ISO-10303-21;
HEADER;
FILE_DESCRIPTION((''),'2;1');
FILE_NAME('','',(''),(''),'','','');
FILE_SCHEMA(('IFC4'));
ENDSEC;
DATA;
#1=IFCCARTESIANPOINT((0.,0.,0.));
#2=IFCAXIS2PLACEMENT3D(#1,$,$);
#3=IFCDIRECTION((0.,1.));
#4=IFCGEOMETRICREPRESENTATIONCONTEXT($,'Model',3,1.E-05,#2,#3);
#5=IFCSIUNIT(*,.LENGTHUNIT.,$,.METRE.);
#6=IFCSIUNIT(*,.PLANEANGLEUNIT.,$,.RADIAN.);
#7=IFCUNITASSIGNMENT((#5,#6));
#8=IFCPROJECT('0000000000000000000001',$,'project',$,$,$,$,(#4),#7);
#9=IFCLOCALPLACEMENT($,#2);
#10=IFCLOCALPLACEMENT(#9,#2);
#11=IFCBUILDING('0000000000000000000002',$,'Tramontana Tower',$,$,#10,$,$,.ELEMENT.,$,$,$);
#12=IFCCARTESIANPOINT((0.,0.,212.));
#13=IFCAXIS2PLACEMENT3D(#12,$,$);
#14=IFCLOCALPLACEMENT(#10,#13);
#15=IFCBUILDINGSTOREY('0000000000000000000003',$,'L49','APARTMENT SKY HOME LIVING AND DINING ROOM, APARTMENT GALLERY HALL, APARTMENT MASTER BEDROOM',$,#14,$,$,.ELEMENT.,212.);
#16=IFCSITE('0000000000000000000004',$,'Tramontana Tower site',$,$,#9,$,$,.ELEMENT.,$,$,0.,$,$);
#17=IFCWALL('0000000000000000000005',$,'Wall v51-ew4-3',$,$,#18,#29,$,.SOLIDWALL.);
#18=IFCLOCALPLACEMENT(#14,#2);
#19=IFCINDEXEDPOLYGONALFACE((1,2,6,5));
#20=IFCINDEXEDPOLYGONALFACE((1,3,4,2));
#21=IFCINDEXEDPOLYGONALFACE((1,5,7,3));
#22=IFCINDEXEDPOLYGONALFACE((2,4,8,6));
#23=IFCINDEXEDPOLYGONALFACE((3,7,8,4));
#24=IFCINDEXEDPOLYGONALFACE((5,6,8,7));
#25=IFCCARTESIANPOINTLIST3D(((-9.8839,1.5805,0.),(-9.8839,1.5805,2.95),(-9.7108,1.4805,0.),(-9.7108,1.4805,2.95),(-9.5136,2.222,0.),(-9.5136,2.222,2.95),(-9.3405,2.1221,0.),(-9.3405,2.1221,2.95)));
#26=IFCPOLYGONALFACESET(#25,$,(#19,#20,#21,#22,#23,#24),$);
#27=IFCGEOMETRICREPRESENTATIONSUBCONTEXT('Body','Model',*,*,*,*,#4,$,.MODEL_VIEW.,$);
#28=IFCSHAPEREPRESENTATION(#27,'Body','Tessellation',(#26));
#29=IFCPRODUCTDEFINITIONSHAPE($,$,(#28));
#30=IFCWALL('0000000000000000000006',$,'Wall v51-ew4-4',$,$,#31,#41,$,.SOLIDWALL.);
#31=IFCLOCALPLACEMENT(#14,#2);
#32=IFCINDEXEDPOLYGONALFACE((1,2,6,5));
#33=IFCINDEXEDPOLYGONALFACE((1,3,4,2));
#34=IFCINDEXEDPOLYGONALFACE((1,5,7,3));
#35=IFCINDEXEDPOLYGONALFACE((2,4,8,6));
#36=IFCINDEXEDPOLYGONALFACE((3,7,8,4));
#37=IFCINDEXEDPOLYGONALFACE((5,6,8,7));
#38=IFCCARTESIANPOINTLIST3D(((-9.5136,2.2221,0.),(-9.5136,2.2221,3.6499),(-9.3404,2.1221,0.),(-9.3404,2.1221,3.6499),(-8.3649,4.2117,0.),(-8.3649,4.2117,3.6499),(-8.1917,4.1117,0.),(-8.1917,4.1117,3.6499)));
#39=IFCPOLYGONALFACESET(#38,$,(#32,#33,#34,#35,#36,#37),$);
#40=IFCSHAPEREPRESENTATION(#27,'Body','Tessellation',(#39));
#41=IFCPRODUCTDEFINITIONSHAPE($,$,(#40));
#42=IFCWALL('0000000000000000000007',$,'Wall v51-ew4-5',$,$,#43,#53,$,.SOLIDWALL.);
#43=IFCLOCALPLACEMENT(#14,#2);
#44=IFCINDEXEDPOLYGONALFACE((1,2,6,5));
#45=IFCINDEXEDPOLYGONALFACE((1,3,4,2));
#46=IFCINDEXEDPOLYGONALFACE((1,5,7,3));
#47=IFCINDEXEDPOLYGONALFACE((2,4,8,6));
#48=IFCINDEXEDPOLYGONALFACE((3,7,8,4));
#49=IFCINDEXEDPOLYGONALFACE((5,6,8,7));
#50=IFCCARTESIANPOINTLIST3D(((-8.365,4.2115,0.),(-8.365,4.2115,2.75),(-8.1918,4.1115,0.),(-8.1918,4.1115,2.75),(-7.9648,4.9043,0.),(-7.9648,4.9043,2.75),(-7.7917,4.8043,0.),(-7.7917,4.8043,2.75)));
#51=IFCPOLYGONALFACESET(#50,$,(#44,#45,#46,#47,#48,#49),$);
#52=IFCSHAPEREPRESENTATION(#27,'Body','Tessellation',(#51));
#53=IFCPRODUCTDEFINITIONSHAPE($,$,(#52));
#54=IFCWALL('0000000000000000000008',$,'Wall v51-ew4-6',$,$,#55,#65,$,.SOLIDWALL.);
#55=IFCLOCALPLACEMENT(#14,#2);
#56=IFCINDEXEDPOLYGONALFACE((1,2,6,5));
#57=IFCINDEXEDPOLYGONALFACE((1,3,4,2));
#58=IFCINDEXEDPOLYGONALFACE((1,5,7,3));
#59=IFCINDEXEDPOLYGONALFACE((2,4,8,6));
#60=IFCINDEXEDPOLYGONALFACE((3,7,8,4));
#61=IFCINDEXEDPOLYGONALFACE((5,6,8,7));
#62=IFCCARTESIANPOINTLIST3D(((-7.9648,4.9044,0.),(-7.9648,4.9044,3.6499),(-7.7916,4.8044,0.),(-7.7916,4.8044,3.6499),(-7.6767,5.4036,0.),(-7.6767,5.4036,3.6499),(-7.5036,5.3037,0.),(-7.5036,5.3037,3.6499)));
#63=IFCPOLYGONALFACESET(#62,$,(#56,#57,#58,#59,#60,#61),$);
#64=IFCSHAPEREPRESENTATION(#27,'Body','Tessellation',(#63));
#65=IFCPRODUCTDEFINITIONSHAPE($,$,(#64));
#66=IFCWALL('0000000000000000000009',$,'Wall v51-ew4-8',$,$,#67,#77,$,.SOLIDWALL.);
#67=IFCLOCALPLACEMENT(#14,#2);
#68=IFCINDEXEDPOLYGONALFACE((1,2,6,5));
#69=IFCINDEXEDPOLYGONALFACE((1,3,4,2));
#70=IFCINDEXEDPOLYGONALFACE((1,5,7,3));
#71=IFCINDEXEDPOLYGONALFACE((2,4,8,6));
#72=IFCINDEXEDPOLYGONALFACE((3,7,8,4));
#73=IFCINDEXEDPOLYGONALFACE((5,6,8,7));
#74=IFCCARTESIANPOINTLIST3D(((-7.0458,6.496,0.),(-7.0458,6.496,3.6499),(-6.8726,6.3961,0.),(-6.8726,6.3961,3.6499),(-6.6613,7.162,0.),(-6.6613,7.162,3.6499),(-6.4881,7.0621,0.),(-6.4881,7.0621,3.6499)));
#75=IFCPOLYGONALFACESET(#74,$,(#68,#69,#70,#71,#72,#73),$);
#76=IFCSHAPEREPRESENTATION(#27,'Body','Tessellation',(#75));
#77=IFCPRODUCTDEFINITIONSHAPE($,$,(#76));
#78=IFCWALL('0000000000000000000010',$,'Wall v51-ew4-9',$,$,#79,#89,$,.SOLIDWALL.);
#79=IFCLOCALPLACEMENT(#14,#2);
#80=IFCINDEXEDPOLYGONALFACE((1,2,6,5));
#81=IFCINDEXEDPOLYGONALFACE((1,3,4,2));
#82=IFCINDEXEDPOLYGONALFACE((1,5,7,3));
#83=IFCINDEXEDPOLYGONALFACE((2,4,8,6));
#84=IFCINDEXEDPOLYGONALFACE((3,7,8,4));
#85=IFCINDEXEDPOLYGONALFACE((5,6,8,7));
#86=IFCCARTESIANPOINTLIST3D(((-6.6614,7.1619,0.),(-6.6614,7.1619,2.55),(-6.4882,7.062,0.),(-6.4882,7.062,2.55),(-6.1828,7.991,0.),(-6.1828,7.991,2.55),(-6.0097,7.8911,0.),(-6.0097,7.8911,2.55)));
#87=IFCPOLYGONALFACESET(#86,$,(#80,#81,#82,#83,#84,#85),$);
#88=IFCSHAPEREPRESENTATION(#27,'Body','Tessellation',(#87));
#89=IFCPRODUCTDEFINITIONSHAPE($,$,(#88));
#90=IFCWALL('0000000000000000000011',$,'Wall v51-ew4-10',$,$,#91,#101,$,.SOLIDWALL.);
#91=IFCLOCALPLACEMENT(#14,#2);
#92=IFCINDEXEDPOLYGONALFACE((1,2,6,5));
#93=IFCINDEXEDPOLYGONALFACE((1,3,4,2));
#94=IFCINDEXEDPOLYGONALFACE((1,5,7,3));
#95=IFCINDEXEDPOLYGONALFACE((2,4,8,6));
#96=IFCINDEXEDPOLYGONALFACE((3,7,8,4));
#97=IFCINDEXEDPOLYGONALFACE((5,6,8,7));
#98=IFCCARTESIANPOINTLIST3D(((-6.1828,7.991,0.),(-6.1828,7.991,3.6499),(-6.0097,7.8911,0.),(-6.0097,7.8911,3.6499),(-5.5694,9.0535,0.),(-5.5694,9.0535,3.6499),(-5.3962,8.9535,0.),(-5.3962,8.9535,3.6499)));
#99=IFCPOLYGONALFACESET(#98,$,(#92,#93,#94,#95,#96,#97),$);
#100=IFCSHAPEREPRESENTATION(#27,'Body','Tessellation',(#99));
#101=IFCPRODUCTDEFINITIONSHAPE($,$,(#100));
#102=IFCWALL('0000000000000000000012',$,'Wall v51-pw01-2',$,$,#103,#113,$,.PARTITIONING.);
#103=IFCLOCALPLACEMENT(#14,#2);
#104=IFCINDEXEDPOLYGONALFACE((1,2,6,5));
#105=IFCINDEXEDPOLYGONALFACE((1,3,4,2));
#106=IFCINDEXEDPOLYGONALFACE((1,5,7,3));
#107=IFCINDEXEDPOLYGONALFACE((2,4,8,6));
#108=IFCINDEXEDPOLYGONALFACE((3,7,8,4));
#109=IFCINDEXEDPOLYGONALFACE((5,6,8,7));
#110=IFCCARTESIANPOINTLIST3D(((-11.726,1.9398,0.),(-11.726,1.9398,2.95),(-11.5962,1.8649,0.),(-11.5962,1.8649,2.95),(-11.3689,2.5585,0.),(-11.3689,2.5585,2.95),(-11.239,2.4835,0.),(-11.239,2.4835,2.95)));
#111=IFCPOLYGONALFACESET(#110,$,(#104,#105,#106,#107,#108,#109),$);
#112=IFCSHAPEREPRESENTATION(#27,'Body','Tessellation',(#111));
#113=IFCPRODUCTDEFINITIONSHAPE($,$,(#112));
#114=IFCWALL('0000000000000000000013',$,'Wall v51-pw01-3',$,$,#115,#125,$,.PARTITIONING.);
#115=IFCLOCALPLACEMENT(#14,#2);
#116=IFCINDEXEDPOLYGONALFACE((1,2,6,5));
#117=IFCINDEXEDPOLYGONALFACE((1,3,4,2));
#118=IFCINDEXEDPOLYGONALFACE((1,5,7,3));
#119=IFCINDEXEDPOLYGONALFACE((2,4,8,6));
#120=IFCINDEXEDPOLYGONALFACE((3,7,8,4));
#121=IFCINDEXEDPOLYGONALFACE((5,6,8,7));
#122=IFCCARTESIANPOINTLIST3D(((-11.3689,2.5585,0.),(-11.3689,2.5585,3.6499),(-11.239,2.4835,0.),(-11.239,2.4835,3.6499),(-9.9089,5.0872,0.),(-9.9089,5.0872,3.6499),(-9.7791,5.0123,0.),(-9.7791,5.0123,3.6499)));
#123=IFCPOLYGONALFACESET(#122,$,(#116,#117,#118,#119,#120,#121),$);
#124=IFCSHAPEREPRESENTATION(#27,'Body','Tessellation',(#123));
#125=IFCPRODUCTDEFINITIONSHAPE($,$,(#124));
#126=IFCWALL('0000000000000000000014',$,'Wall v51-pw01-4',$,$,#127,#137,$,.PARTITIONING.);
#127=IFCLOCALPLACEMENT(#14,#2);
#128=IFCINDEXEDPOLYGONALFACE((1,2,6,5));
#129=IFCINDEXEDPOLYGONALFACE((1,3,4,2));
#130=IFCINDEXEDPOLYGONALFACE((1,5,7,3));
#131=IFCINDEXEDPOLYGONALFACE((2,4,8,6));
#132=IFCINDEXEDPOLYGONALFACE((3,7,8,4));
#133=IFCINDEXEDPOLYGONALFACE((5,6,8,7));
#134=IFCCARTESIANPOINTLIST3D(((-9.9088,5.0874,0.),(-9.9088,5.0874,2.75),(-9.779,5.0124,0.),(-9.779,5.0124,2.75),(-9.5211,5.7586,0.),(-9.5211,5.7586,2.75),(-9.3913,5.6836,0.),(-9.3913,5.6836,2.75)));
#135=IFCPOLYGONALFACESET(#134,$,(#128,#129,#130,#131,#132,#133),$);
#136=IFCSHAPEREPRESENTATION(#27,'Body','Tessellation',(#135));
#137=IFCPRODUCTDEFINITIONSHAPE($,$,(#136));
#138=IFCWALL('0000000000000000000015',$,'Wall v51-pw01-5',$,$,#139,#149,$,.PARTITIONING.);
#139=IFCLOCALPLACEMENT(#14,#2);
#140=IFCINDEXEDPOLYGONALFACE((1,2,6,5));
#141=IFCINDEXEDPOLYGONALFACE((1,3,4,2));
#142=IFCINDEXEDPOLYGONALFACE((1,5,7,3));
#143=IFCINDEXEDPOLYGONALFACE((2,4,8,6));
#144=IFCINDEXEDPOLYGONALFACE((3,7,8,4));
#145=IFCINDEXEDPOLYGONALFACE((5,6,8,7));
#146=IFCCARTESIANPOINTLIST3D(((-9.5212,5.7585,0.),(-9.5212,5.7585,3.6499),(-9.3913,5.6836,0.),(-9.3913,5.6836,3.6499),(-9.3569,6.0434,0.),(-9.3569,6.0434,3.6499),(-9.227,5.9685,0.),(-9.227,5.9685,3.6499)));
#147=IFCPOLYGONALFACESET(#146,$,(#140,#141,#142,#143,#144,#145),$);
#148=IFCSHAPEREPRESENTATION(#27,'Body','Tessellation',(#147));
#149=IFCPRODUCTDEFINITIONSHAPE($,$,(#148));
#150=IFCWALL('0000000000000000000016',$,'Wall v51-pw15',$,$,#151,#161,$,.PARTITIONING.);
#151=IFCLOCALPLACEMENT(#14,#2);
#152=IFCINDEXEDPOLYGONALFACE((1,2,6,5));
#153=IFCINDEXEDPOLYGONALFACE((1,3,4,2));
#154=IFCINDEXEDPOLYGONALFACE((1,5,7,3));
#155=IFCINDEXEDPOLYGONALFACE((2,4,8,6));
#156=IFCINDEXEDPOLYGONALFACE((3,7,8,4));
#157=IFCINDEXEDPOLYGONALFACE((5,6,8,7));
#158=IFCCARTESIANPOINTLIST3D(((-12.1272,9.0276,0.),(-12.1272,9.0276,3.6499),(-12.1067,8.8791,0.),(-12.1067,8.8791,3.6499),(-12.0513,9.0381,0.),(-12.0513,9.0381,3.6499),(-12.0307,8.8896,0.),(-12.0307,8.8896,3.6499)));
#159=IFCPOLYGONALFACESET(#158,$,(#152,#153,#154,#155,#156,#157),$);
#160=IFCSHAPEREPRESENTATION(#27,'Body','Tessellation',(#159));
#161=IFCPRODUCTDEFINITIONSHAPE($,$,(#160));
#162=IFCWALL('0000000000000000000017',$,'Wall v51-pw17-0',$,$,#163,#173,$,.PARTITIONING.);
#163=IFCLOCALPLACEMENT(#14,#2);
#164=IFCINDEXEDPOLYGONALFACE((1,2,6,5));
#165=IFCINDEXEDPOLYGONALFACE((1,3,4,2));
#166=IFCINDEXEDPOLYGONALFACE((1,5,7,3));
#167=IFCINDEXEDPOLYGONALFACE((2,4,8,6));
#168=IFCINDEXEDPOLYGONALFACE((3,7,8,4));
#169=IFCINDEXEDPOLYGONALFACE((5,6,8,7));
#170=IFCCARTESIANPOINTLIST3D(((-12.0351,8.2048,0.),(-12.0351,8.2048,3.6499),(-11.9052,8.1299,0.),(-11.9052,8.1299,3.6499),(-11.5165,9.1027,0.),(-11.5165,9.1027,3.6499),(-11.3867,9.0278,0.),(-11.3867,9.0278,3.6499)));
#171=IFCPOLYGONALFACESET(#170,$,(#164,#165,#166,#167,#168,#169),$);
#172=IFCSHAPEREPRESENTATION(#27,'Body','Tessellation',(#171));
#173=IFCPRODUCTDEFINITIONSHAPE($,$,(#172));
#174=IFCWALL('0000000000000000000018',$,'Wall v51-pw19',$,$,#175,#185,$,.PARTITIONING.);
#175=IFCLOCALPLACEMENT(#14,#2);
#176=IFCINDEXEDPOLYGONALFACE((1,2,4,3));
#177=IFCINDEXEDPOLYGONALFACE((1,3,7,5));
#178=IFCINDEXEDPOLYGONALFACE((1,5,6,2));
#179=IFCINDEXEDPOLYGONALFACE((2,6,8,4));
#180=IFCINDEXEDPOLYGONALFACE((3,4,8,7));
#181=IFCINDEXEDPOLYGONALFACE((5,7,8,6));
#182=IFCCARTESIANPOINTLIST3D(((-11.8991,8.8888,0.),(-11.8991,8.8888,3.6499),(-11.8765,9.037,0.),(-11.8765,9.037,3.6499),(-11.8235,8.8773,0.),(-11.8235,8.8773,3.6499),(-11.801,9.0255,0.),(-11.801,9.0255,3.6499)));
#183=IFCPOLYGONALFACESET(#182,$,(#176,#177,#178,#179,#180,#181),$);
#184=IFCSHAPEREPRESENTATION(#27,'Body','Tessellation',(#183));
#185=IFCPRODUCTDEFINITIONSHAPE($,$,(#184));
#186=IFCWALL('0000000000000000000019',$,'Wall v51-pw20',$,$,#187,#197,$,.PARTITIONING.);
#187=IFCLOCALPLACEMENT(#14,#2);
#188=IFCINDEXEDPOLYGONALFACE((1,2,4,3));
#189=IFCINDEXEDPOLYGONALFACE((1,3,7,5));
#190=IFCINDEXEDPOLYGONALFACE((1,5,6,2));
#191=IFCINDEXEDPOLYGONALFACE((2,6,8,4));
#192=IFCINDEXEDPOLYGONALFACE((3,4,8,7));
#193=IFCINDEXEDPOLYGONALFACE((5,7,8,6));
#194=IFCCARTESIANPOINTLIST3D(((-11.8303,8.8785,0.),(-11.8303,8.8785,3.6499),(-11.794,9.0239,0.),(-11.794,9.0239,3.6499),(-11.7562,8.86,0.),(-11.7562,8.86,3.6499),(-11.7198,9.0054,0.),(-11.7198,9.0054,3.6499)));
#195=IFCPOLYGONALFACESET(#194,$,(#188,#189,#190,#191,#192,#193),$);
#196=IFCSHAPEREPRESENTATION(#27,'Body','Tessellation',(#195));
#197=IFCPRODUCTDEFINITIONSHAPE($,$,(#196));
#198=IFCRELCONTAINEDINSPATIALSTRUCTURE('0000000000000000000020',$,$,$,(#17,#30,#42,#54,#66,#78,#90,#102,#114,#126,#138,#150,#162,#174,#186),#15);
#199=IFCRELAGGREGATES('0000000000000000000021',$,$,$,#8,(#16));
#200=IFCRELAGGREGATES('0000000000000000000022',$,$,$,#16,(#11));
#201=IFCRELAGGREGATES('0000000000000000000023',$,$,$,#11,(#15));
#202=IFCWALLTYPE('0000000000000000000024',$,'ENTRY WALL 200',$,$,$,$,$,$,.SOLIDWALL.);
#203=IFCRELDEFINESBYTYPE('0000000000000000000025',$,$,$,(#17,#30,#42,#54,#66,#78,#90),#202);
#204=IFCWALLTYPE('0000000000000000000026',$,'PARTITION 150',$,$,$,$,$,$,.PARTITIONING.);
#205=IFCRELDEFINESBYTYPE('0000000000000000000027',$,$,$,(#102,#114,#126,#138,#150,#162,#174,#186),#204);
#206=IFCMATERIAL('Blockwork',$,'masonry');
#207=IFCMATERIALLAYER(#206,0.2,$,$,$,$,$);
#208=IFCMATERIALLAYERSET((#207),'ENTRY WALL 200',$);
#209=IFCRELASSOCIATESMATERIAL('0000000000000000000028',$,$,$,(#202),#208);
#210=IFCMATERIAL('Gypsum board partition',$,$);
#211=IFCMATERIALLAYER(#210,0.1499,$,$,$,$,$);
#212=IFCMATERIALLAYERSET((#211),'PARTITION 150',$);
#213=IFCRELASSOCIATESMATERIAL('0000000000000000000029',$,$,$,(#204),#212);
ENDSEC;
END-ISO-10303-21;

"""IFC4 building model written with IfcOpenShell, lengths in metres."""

from ifc_helpers import new_model, si_unit, direction, frame, frame_2d, origin, place, context, subcontext, project, spatial, rectangle, extrude, material, layer, layer_set, type_object, element, save


model = new_model("IFC4")

# Units and contexts
model_context = context("Model", 3, precision=1e-05, world=origin(), true_north=direction((0.0, 1.0)))
body_context = subcontext(model_context, "Body", "Model", "MODEL_VIEW")
ifc_project = project(units=[si_unit("LENGTHUNIT", "METRE"), si_unit("PLANEANGLEUNIT", "RADIAN")], contexts=[model_context])

# Site, building, storey
site_placement = place(None, origin())
site = spatial("IfcSite", under=ifc_project, at=site_placement, Name="Tramontana Tower site", CompositionType="ELEMENT", RefElevation=0.0)
building_placement = place(site_placement, origin())
building = spatial("IfcBuilding", under=site, at=building_placement, Name="Tramontana Tower", CompositionType="ELEMENT")
storey_placement = place(building_placement, frame((0.0, 0.0, 212.0)))
storey = spatial("IfcBuildingStorey", under=building, at=storey_placement, Name="L49", Description="APARTMENT SKY HOME LIVING AND DINING ROOM, APARTMENT GALLERY HALL, APARTMENT MASTER BEDROOM", CompositionType="ELEMENT", Elevation=212.0)

# Walls
ifc_material_1 = material(Name="Blockwork", Category="masonry")
ifc_layer_1 = layer(ifc_material_1, 0.2)
ifc_layer_set_1 = layer_set([ifc_layer_1], Name="ENTRY WALL 200")
wall_type_1 = type_object("IfcWallType", Name="ENTRY WALL 200", PredefinedType="SOLIDWALL", material=ifc_layer_set_1)
wall_1_placement = place(storey_placement, frame((-9.7974, 1.5305, 0.0), z_axis=(0.0, 0.0, 1.0), x_axis=(0.499932, 0.866065, 0.0)))
element("IfcWall", 1, at=wall_1_placement, inside=storey, type_object=wall_type_1, Name="Wall v51-ew4-3", PredefinedType="SOLIDWALL", context=body_context, shape_type="SweptSolid", body=[
    extrude(rectangle(XDim=0.7407, YDim=0.2, at=frame_2d((0.3704, 0.0))), origin(), (0.0, 0.0, 1.0), 2.95),
])
wall_2_placement = place(storey_placement, frame((-9.427, 2.1721, 0.0), z_axis=(0.0, 0.0, 1.0), x_axis=(0.500014, 0.866017, 0.0)))
element("IfcWall", 2, at=wall_2_placement, inside=storey, type_object=wall_type_1, Name="Wall v51-ew4-4", PredefinedType="SOLIDWALL", context=body_context, shape_type="SweptSolid", body=[
    extrude(rectangle(XDim=2.2974, YDim=0.2, at=frame_2d((1.1487, 0.0))), origin(), (0.0, 0.0, 1.0), 3.6499),
])
wall_3_placement = place(storey_placement, frame((-8.2783, 4.1616, 0.0), z_axis=(0.0, 0.0, 1.0), x_axis=(0.50011, 0.865962, 0.0)))
element("IfcWall", 3, at=wall_3_placement, inside=storey, type_object=wall_type_1, Name="Wall v51-ew4-5", PredefinedType="SOLIDWALL", context=body_context, shape_type="SweptSolid", body=[
    extrude(rectangle(XDim=0.8, YDim=0.2, at=frame_2d((0.3999, 0.0))), origin(), (0.0, 0.0, 1.0), 2.75),
])
wall_4_placement = place(storey_placement, frame((-7.8782, 4.8545, 0.0), z_axis=(0.0, 0.0, 1.0), x_axis=(0.499784, 0.86615, 0.0)))
element("IfcWall", 4, at=wall_4_placement, inside=storey, type_object=wall_type_1, Name="Wall v51-ew4-6", PredefinedType="SOLIDWALL", context=body_context, shape_type="SweptSolid", body=[
    extrude(rectangle(XDim=0.5764, YDim=0.2, at=frame_2d((0.2881, 0.0))), origin(), (0.0, 0.0, 1.0), 3.6499),
])

# Walls
wall_5_placement = place(storey_placement, frame((-6.9592, 6.446, 0.0), z_axis=(0.0, 0.0, 1.0), x_axis=(0.499997, 0.866027, 0.0)))
element("IfcWall", 5, at=wall_5_placement, inside=storey, type_object=wall_type_1, Name="Wall v51-ew4-8", PredefinedType="SOLIDWALL", context=body_context, shape_type="SweptSolid", body=[
    extrude(rectangle(XDim=0.769, YDim=0.2, at=frame_2d((0.3845, 0.0))), origin(), (0.0, 0.0, 1.0), 3.6499),
])
wall_6_placement = place(storey_placement, frame((-6.5747, 7.1121, 0.0), z_axis=(0.0, 0.0, 1.0), x_axis=(0.49987, 0.866101, 0.0)))
element("IfcWall", 6, at=wall_6_placement, inside=storey, type_object=wall_type_1, Name="Wall v51-ew4-9", PredefinedType="SOLIDWALL", context=body_context, shape_type="SweptSolid", body=[
    extrude(rectangle(XDim=0.9573, YDim=0.2, at=frame_2d((0.4785, 0.0))), origin(), (0.0, 0.0, 1.0), 2.55),
])
wall_7_placement = place(storey_placement, frame((-6.0962, 7.9412, 0.0), z_axis=(0.0, 0.0, 1.0), x_axis=(0.500055, 0.865993, 0.0)))
element("IfcWall", 7, at=wall_7_placement, inside=storey, type_object=wall_type_1, Name="Wall v51-ew4-10", PredefinedType="SOLIDWALL", context=body_context, shape_type="SweptSolid", body=[
    extrude(rectangle(XDim=1.2268, YDim=0.2, at=frame_2d((0.6133, 0.0))), origin(), (0.0, 0.0, 1.0), 3.6499),
])
ifc_material_2 = material(Name="Gypsum board partition")
ifc_layer_2 = layer(ifc_material_2, 0.1499)
ifc_layer_set_2 = layer_set([ifc_layer_2], Name="PARTITION 150")
wall_type_2 = type_object("IfcWallType", Name="PARTITION 150", PredefinedType="PARTITIONING", material=ifc_layer_set_2)
wall_8_placement = place(storey_placement, frame((-11.6611, 1.9023, 0.0), z_axis=(0.0, 0.0, 1.0), x_axis=(0.499999, 0.866026, 0.0)))
element("IfcWall", 8, at=wall_8_placement, inside=storey, type_object=wall_type_2, Name="Wall v51-pw01-2", PredefinedType="PARTITIONING", context=body_context, shape_type="SweptSolid", body=[
    extrude(rectangle(XDim=0.7144, YDim=0.1499, at=frame_2d((0.3572, 0.0))), origin(), (0.0, 0.0, 1.0), 2.95),
])
wall_9_placement = place(storey_placement, frame((-11.304, 2.521, 0.0), z_axis=(0.0, 0.0, 1.0), x_axis=(0.499988, 0.866032, 0.0)))
element("IfcWall", 9, at=wall_9_placement, inside=storey, type_object=wall_type_2, Name="Wall v51-pw01-3", PredefinedType="PARTITIONING", context=body_context, shape_type="SweptSolid", body=[
    extrude(rectangle(XDim=2.9199, YDim=0.1499, at=frame_2d((1.46, 0.0))), origin(), (0.0, 0.0, 1.0), 3.6499),
])
wall_10_placement = place(storey_placement, frame((-9.844, 5.0498, 0.0), z_axis=(0.0, 0.0, 1.0), x_axis=(0.500204, 0.865908, 0.0)))
element("IfcWall", 10, at=wall_10_placement, inside=storey, type_object=wall_type_2, Name="Wall v51-pw01-4", PredefinedType="PARTITIONING", context=body_context, shape_type="SweptSolid", body=[
    extrude(rectangle(XDim=0.7751, YDim=0.1499, at=frame_2d((0.3877, 0.0))), origin(), (0.0, 0.0, 1.0), 2.75),
])
wall_11_placement = place(storey_placement, frame((-9.4563, 5.7209, 0.0), z_axis=(0.0, 0.0, 1.0), x_axis=(0.499573, 0.866272, 0.0)))
element("IfcWall", 11, at=wall_11_placement, inside=storey, type_object=wall_type_2, Name="Wall v51-pw01-5", PredefinedType="PARTITIONING", context=body_context, shape_type="SweptSolid", body=[
    extrude(rectangle(XDim=0.3289, YDim=0.1499, at=frame_2d((0.1646, 0.0))), origin(), (0.0, 0.0, 1.0), 3.6499),
])
wall_12_placement = place(storey_placement, frame((-12.1169, 8.9534, 0.0), z_axis=(0.0, 0.0, 1.0), x_axis=(0.990576, 0.136961, 0.0)))
element("IfcWall", 12, at=wall_12_placement, inside=storey, type_object=wall_type_2, Name="Wall v51-pw15", PredefinedType="PARTITIONING", context=body_context, shape_type="SweptSolid", body=[
    extrude(rectangle(XDim=0.0767, YDim=0.1499, at=frame_2d((0.0383, 0.0))), origin(), (0.0, 0.0, 1.0), 3.6499),
])
wall_13_placement = place(storey_placement, frame((-11.9702, 8.1672, 0.0), z_axis=(0.0, 0.0, 1.0), x_axis=(0.500089, 0.865974, 0.0)))
element("IfcWall", 13, at=wall_13_placement, inside=storey, type_object=wall_type_2, Name="Wall v51-pw17-0", PredefinedType="PARTITIONING", context=body_context, shape_type="SweptSolid", body=[
    extrude(rectangle(XDim=1.0369, YDim=0.1499, at=frame_2d((0.5186, 0.0))), origin(), (0.0, 0.0, 1.0), 3.6499),
])
for number, where, z_axis, x_axis, name in (
    (14, (-11.8877, 8.9629, 0.0), (0.0, 0.0, 1.0), (0.988629, -0.150374, 0.0), "Wall v51-pw19"),
    (15, (-11.812, 8.9512, 0.0), (0.0, 0.0, 1.0), (0.970143, -0.242536, 0.0), "Wall v51-pw20"),
):
    element("IfcWall", number, at=place(storey_placement, frame(where, z_axis=z_axis, x_axis=x_axis)), inside=storey, type_object=wall_type_2, Name=name, PredefinedType="PARTITIONING", context=body_context, shape_type="SweptSolid", body=[
        extrude(rectangle(XDim=0.0764, YDim=0.1499, at=frame_2d((0.0381, 0.0))), origin(), (0.0, 0.0, 1.0), 3.6499),
    ])

save(model, "model.ifc")
